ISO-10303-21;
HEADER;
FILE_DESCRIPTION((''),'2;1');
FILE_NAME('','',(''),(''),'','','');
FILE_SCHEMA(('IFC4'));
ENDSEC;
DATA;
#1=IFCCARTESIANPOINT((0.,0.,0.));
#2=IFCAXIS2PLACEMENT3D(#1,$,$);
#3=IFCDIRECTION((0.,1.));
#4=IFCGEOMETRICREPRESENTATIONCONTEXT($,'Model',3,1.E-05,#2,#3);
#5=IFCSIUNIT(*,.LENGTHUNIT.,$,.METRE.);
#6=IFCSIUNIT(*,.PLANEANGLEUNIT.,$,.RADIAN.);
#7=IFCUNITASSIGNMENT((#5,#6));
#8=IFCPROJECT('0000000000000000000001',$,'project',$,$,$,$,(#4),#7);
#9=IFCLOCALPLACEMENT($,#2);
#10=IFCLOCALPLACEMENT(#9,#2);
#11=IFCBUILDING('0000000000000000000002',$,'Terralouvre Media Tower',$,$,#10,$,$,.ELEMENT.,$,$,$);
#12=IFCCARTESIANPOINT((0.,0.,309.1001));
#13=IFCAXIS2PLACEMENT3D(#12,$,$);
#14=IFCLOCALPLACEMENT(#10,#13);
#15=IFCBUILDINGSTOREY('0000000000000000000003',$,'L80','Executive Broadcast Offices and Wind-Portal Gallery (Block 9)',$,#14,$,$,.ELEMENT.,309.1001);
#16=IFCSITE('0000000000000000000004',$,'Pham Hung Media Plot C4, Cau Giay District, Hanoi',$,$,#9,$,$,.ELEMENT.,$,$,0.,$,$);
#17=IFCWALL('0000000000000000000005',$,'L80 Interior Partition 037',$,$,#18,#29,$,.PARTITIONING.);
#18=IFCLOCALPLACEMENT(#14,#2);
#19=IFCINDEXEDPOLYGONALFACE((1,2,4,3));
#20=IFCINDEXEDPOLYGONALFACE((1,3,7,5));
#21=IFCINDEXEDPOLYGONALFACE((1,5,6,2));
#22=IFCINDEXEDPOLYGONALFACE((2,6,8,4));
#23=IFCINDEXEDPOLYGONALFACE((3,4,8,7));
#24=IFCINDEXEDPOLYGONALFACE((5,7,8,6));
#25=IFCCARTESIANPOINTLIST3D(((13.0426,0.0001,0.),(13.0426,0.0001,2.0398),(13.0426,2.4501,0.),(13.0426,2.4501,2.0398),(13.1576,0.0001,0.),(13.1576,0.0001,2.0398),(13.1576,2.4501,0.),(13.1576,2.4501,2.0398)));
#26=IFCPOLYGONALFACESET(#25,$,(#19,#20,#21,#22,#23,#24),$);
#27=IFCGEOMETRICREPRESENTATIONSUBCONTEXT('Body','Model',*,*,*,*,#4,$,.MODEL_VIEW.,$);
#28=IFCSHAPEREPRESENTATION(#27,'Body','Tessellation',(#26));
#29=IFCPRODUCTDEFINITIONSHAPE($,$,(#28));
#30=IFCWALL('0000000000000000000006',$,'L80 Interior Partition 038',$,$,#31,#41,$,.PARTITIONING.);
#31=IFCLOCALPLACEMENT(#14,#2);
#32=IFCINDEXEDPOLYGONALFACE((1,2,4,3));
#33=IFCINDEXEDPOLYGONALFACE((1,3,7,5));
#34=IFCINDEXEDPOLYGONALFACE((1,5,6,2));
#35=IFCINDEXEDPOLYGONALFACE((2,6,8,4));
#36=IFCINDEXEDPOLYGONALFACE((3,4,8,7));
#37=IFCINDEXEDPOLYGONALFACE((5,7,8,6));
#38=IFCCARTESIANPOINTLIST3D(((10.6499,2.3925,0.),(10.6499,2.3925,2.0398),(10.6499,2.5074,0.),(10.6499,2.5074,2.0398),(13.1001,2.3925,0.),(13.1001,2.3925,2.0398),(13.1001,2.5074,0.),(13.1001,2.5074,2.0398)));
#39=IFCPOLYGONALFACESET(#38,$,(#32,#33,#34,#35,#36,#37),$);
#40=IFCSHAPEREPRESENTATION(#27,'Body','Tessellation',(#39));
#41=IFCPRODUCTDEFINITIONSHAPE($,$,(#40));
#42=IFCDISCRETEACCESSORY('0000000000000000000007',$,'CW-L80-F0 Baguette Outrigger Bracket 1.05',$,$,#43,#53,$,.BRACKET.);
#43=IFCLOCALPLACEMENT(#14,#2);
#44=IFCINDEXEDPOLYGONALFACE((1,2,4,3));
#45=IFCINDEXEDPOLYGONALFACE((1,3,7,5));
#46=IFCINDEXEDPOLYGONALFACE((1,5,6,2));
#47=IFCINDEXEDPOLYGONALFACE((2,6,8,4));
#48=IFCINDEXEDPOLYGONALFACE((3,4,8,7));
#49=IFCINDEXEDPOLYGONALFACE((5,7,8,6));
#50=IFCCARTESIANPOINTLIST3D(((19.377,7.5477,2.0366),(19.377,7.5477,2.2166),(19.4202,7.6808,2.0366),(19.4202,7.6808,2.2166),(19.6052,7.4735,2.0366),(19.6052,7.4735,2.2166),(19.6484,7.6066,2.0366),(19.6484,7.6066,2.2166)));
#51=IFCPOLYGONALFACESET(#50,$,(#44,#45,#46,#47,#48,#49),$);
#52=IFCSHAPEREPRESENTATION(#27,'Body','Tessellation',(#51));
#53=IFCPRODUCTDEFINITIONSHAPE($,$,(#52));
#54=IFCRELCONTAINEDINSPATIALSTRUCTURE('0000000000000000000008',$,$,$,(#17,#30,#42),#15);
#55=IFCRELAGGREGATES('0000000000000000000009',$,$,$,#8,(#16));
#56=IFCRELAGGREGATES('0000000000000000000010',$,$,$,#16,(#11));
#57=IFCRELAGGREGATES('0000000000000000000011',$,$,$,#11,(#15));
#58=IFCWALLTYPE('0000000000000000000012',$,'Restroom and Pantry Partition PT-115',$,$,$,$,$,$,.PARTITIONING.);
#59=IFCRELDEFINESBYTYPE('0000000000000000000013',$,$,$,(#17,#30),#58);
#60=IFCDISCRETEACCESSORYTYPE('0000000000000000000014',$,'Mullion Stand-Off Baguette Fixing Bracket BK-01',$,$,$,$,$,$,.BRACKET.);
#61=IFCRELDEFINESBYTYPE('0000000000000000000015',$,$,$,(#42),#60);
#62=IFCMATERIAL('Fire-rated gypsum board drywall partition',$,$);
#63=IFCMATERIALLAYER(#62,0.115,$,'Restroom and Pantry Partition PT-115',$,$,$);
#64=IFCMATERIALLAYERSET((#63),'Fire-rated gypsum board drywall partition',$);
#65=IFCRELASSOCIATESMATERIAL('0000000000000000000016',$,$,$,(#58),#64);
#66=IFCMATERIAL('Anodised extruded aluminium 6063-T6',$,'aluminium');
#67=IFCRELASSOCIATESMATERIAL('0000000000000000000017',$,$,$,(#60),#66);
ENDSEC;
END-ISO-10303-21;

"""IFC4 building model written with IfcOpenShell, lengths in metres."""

from ifc_helpers import new_model, si_unit, direction, frame, frame_2d, origin, origin_2d, place, context, subcontext, project, spatial, rectangle, extrude, material, layer, layer_set, type_object, element, save


model = new_model("IFC4")

# Units and contexts
model_context = context("Model", 3, precision=1e-05, world=origin(), true_north=direction((0.0, 1.0)))
body_context = subcontext(model_context, "Body", "Model", "MODEL_VIEW")
ifc_project = project(units=[si_unit("LENGTHUNIT", "METRE"), si_unit("PLANEANGLEUNIT", "RADIAN")], contexts=[model_context])

# Site, building, storey
site_placement = place(None, origin())
site = spatial("IfcSite", under=ifc_project, at=site_placement, Name="Pham Hung Media Plot C4, Cau Giay District, Hanoi", CompositionType="ELEMENT", RefElevation=0.0)
building_placement = place(site_placement, origin())
building = spatial("IfcBuilding", under=site, at=building_placement, Name="Terralouvre Media Tower", CompositionType="ELEMENT")
storey_placement = place(building_placement, frame((0.0, 0.0, 309.1001)))
storey = spatial("IfcBuildingStorey", under=building, at=storey_placement, Name="L80", Description="Executive Broadcast Offices and Wind-Portal Gallery (Block 9)", CompositionType="ELEMENT", Elevation=309.1001)

# Walls
ifc_material_1 = material(Name="Fire-rated gypsum board drywall partition")
ifc_layer_1 = layer(ifc_material_1, 0.115, Name="Restroom and Pantry Partition PT-115")
ifc_layer_set_1 = layer_set([ifc_layer_1], Name="Fire-rated gypsum board drywall partition")
wall_type_1 = type_object("IfcWallType", Name="Restroom and Pantry Partition PT-115", PredefinedType="PARTITIONING", material=ifc_layer_set_1)
wall_1_placement = place(storey_placement, frame((13.1001, 0.0, 0.0), z_axis=(0.0, 0.0, 1.0), x_axis=(0.0, 1.0, 0.0)))
element("IfcWall", 1, at=wall_1_placement, inside=storey, type_object=wall_type_1, Name="L80 Interior Partition 037", PredefinedType="PARTITIONING", context=body_context, shape_type="SweptSolid", body=[
    extrude(rectangle(XDim=2.45, YDim=0.115, at=frame_2d((1.2251, 0.0))), origin(), (0.0, 0.0, 1.0), 2.0398),
])
wall_2_placement = place(storey_placement, frame((13.1001, 2.45, 0.0), z_axis=(0.0, 0.0, 1.0), x_axis=(-1.0, 0.0, 0.0)))
element("IfcWall", 2, at=wall_2_placement, inside=storey, type_object=wall_type_1, Name="L80 Interior Partition 038", PredefinedType="PARTITIONING", context=body_context, shape_type="SweptSolid", body=[
    extrude(rectangle(XDim=2.4502, YDim=0.115, at=frame_2d((1.2251, 0.0))), origin(), (0.0, 0.0, 1.0), 2.0398),
])

# Discrete accessory
ifc_material_2 = material(Name="Anodised extruded aluminium 6063-T6", Category="aluminium")
discrete_accessory_type = type_object("IfcDiscreteAccessoryType", Name="Mullion Stand-Off Baguette Fixing Bracket BK-01", PredefinedType="BRACKET", material=ifc_material_2)
discrete_accessory_placement = place(storey_placement, frame((19.5127, 7.5771, 2.0366), z_axis=(0.0, 0.0, 1.0), x_axis=(0.309017, 0.951057, 0.0)))
element("IfcDiscreteAccessory", 3, at=discrete_accessory_placement, inside=storey, type_object=discrete_accessory_type, Name="CW-L80-F0 Baguette Outrigger Bracket 1.05", PredefinedType="BRACKET", context=body_context, shape_type="SweptSolid", body=[
    extrude(rectangle(XDim=0.1399, YDim=0.24, at=origin_2d()), origin(), (0.0, 0.0, 1.0), 0.1799),
])

save(model, "model.ifc")
